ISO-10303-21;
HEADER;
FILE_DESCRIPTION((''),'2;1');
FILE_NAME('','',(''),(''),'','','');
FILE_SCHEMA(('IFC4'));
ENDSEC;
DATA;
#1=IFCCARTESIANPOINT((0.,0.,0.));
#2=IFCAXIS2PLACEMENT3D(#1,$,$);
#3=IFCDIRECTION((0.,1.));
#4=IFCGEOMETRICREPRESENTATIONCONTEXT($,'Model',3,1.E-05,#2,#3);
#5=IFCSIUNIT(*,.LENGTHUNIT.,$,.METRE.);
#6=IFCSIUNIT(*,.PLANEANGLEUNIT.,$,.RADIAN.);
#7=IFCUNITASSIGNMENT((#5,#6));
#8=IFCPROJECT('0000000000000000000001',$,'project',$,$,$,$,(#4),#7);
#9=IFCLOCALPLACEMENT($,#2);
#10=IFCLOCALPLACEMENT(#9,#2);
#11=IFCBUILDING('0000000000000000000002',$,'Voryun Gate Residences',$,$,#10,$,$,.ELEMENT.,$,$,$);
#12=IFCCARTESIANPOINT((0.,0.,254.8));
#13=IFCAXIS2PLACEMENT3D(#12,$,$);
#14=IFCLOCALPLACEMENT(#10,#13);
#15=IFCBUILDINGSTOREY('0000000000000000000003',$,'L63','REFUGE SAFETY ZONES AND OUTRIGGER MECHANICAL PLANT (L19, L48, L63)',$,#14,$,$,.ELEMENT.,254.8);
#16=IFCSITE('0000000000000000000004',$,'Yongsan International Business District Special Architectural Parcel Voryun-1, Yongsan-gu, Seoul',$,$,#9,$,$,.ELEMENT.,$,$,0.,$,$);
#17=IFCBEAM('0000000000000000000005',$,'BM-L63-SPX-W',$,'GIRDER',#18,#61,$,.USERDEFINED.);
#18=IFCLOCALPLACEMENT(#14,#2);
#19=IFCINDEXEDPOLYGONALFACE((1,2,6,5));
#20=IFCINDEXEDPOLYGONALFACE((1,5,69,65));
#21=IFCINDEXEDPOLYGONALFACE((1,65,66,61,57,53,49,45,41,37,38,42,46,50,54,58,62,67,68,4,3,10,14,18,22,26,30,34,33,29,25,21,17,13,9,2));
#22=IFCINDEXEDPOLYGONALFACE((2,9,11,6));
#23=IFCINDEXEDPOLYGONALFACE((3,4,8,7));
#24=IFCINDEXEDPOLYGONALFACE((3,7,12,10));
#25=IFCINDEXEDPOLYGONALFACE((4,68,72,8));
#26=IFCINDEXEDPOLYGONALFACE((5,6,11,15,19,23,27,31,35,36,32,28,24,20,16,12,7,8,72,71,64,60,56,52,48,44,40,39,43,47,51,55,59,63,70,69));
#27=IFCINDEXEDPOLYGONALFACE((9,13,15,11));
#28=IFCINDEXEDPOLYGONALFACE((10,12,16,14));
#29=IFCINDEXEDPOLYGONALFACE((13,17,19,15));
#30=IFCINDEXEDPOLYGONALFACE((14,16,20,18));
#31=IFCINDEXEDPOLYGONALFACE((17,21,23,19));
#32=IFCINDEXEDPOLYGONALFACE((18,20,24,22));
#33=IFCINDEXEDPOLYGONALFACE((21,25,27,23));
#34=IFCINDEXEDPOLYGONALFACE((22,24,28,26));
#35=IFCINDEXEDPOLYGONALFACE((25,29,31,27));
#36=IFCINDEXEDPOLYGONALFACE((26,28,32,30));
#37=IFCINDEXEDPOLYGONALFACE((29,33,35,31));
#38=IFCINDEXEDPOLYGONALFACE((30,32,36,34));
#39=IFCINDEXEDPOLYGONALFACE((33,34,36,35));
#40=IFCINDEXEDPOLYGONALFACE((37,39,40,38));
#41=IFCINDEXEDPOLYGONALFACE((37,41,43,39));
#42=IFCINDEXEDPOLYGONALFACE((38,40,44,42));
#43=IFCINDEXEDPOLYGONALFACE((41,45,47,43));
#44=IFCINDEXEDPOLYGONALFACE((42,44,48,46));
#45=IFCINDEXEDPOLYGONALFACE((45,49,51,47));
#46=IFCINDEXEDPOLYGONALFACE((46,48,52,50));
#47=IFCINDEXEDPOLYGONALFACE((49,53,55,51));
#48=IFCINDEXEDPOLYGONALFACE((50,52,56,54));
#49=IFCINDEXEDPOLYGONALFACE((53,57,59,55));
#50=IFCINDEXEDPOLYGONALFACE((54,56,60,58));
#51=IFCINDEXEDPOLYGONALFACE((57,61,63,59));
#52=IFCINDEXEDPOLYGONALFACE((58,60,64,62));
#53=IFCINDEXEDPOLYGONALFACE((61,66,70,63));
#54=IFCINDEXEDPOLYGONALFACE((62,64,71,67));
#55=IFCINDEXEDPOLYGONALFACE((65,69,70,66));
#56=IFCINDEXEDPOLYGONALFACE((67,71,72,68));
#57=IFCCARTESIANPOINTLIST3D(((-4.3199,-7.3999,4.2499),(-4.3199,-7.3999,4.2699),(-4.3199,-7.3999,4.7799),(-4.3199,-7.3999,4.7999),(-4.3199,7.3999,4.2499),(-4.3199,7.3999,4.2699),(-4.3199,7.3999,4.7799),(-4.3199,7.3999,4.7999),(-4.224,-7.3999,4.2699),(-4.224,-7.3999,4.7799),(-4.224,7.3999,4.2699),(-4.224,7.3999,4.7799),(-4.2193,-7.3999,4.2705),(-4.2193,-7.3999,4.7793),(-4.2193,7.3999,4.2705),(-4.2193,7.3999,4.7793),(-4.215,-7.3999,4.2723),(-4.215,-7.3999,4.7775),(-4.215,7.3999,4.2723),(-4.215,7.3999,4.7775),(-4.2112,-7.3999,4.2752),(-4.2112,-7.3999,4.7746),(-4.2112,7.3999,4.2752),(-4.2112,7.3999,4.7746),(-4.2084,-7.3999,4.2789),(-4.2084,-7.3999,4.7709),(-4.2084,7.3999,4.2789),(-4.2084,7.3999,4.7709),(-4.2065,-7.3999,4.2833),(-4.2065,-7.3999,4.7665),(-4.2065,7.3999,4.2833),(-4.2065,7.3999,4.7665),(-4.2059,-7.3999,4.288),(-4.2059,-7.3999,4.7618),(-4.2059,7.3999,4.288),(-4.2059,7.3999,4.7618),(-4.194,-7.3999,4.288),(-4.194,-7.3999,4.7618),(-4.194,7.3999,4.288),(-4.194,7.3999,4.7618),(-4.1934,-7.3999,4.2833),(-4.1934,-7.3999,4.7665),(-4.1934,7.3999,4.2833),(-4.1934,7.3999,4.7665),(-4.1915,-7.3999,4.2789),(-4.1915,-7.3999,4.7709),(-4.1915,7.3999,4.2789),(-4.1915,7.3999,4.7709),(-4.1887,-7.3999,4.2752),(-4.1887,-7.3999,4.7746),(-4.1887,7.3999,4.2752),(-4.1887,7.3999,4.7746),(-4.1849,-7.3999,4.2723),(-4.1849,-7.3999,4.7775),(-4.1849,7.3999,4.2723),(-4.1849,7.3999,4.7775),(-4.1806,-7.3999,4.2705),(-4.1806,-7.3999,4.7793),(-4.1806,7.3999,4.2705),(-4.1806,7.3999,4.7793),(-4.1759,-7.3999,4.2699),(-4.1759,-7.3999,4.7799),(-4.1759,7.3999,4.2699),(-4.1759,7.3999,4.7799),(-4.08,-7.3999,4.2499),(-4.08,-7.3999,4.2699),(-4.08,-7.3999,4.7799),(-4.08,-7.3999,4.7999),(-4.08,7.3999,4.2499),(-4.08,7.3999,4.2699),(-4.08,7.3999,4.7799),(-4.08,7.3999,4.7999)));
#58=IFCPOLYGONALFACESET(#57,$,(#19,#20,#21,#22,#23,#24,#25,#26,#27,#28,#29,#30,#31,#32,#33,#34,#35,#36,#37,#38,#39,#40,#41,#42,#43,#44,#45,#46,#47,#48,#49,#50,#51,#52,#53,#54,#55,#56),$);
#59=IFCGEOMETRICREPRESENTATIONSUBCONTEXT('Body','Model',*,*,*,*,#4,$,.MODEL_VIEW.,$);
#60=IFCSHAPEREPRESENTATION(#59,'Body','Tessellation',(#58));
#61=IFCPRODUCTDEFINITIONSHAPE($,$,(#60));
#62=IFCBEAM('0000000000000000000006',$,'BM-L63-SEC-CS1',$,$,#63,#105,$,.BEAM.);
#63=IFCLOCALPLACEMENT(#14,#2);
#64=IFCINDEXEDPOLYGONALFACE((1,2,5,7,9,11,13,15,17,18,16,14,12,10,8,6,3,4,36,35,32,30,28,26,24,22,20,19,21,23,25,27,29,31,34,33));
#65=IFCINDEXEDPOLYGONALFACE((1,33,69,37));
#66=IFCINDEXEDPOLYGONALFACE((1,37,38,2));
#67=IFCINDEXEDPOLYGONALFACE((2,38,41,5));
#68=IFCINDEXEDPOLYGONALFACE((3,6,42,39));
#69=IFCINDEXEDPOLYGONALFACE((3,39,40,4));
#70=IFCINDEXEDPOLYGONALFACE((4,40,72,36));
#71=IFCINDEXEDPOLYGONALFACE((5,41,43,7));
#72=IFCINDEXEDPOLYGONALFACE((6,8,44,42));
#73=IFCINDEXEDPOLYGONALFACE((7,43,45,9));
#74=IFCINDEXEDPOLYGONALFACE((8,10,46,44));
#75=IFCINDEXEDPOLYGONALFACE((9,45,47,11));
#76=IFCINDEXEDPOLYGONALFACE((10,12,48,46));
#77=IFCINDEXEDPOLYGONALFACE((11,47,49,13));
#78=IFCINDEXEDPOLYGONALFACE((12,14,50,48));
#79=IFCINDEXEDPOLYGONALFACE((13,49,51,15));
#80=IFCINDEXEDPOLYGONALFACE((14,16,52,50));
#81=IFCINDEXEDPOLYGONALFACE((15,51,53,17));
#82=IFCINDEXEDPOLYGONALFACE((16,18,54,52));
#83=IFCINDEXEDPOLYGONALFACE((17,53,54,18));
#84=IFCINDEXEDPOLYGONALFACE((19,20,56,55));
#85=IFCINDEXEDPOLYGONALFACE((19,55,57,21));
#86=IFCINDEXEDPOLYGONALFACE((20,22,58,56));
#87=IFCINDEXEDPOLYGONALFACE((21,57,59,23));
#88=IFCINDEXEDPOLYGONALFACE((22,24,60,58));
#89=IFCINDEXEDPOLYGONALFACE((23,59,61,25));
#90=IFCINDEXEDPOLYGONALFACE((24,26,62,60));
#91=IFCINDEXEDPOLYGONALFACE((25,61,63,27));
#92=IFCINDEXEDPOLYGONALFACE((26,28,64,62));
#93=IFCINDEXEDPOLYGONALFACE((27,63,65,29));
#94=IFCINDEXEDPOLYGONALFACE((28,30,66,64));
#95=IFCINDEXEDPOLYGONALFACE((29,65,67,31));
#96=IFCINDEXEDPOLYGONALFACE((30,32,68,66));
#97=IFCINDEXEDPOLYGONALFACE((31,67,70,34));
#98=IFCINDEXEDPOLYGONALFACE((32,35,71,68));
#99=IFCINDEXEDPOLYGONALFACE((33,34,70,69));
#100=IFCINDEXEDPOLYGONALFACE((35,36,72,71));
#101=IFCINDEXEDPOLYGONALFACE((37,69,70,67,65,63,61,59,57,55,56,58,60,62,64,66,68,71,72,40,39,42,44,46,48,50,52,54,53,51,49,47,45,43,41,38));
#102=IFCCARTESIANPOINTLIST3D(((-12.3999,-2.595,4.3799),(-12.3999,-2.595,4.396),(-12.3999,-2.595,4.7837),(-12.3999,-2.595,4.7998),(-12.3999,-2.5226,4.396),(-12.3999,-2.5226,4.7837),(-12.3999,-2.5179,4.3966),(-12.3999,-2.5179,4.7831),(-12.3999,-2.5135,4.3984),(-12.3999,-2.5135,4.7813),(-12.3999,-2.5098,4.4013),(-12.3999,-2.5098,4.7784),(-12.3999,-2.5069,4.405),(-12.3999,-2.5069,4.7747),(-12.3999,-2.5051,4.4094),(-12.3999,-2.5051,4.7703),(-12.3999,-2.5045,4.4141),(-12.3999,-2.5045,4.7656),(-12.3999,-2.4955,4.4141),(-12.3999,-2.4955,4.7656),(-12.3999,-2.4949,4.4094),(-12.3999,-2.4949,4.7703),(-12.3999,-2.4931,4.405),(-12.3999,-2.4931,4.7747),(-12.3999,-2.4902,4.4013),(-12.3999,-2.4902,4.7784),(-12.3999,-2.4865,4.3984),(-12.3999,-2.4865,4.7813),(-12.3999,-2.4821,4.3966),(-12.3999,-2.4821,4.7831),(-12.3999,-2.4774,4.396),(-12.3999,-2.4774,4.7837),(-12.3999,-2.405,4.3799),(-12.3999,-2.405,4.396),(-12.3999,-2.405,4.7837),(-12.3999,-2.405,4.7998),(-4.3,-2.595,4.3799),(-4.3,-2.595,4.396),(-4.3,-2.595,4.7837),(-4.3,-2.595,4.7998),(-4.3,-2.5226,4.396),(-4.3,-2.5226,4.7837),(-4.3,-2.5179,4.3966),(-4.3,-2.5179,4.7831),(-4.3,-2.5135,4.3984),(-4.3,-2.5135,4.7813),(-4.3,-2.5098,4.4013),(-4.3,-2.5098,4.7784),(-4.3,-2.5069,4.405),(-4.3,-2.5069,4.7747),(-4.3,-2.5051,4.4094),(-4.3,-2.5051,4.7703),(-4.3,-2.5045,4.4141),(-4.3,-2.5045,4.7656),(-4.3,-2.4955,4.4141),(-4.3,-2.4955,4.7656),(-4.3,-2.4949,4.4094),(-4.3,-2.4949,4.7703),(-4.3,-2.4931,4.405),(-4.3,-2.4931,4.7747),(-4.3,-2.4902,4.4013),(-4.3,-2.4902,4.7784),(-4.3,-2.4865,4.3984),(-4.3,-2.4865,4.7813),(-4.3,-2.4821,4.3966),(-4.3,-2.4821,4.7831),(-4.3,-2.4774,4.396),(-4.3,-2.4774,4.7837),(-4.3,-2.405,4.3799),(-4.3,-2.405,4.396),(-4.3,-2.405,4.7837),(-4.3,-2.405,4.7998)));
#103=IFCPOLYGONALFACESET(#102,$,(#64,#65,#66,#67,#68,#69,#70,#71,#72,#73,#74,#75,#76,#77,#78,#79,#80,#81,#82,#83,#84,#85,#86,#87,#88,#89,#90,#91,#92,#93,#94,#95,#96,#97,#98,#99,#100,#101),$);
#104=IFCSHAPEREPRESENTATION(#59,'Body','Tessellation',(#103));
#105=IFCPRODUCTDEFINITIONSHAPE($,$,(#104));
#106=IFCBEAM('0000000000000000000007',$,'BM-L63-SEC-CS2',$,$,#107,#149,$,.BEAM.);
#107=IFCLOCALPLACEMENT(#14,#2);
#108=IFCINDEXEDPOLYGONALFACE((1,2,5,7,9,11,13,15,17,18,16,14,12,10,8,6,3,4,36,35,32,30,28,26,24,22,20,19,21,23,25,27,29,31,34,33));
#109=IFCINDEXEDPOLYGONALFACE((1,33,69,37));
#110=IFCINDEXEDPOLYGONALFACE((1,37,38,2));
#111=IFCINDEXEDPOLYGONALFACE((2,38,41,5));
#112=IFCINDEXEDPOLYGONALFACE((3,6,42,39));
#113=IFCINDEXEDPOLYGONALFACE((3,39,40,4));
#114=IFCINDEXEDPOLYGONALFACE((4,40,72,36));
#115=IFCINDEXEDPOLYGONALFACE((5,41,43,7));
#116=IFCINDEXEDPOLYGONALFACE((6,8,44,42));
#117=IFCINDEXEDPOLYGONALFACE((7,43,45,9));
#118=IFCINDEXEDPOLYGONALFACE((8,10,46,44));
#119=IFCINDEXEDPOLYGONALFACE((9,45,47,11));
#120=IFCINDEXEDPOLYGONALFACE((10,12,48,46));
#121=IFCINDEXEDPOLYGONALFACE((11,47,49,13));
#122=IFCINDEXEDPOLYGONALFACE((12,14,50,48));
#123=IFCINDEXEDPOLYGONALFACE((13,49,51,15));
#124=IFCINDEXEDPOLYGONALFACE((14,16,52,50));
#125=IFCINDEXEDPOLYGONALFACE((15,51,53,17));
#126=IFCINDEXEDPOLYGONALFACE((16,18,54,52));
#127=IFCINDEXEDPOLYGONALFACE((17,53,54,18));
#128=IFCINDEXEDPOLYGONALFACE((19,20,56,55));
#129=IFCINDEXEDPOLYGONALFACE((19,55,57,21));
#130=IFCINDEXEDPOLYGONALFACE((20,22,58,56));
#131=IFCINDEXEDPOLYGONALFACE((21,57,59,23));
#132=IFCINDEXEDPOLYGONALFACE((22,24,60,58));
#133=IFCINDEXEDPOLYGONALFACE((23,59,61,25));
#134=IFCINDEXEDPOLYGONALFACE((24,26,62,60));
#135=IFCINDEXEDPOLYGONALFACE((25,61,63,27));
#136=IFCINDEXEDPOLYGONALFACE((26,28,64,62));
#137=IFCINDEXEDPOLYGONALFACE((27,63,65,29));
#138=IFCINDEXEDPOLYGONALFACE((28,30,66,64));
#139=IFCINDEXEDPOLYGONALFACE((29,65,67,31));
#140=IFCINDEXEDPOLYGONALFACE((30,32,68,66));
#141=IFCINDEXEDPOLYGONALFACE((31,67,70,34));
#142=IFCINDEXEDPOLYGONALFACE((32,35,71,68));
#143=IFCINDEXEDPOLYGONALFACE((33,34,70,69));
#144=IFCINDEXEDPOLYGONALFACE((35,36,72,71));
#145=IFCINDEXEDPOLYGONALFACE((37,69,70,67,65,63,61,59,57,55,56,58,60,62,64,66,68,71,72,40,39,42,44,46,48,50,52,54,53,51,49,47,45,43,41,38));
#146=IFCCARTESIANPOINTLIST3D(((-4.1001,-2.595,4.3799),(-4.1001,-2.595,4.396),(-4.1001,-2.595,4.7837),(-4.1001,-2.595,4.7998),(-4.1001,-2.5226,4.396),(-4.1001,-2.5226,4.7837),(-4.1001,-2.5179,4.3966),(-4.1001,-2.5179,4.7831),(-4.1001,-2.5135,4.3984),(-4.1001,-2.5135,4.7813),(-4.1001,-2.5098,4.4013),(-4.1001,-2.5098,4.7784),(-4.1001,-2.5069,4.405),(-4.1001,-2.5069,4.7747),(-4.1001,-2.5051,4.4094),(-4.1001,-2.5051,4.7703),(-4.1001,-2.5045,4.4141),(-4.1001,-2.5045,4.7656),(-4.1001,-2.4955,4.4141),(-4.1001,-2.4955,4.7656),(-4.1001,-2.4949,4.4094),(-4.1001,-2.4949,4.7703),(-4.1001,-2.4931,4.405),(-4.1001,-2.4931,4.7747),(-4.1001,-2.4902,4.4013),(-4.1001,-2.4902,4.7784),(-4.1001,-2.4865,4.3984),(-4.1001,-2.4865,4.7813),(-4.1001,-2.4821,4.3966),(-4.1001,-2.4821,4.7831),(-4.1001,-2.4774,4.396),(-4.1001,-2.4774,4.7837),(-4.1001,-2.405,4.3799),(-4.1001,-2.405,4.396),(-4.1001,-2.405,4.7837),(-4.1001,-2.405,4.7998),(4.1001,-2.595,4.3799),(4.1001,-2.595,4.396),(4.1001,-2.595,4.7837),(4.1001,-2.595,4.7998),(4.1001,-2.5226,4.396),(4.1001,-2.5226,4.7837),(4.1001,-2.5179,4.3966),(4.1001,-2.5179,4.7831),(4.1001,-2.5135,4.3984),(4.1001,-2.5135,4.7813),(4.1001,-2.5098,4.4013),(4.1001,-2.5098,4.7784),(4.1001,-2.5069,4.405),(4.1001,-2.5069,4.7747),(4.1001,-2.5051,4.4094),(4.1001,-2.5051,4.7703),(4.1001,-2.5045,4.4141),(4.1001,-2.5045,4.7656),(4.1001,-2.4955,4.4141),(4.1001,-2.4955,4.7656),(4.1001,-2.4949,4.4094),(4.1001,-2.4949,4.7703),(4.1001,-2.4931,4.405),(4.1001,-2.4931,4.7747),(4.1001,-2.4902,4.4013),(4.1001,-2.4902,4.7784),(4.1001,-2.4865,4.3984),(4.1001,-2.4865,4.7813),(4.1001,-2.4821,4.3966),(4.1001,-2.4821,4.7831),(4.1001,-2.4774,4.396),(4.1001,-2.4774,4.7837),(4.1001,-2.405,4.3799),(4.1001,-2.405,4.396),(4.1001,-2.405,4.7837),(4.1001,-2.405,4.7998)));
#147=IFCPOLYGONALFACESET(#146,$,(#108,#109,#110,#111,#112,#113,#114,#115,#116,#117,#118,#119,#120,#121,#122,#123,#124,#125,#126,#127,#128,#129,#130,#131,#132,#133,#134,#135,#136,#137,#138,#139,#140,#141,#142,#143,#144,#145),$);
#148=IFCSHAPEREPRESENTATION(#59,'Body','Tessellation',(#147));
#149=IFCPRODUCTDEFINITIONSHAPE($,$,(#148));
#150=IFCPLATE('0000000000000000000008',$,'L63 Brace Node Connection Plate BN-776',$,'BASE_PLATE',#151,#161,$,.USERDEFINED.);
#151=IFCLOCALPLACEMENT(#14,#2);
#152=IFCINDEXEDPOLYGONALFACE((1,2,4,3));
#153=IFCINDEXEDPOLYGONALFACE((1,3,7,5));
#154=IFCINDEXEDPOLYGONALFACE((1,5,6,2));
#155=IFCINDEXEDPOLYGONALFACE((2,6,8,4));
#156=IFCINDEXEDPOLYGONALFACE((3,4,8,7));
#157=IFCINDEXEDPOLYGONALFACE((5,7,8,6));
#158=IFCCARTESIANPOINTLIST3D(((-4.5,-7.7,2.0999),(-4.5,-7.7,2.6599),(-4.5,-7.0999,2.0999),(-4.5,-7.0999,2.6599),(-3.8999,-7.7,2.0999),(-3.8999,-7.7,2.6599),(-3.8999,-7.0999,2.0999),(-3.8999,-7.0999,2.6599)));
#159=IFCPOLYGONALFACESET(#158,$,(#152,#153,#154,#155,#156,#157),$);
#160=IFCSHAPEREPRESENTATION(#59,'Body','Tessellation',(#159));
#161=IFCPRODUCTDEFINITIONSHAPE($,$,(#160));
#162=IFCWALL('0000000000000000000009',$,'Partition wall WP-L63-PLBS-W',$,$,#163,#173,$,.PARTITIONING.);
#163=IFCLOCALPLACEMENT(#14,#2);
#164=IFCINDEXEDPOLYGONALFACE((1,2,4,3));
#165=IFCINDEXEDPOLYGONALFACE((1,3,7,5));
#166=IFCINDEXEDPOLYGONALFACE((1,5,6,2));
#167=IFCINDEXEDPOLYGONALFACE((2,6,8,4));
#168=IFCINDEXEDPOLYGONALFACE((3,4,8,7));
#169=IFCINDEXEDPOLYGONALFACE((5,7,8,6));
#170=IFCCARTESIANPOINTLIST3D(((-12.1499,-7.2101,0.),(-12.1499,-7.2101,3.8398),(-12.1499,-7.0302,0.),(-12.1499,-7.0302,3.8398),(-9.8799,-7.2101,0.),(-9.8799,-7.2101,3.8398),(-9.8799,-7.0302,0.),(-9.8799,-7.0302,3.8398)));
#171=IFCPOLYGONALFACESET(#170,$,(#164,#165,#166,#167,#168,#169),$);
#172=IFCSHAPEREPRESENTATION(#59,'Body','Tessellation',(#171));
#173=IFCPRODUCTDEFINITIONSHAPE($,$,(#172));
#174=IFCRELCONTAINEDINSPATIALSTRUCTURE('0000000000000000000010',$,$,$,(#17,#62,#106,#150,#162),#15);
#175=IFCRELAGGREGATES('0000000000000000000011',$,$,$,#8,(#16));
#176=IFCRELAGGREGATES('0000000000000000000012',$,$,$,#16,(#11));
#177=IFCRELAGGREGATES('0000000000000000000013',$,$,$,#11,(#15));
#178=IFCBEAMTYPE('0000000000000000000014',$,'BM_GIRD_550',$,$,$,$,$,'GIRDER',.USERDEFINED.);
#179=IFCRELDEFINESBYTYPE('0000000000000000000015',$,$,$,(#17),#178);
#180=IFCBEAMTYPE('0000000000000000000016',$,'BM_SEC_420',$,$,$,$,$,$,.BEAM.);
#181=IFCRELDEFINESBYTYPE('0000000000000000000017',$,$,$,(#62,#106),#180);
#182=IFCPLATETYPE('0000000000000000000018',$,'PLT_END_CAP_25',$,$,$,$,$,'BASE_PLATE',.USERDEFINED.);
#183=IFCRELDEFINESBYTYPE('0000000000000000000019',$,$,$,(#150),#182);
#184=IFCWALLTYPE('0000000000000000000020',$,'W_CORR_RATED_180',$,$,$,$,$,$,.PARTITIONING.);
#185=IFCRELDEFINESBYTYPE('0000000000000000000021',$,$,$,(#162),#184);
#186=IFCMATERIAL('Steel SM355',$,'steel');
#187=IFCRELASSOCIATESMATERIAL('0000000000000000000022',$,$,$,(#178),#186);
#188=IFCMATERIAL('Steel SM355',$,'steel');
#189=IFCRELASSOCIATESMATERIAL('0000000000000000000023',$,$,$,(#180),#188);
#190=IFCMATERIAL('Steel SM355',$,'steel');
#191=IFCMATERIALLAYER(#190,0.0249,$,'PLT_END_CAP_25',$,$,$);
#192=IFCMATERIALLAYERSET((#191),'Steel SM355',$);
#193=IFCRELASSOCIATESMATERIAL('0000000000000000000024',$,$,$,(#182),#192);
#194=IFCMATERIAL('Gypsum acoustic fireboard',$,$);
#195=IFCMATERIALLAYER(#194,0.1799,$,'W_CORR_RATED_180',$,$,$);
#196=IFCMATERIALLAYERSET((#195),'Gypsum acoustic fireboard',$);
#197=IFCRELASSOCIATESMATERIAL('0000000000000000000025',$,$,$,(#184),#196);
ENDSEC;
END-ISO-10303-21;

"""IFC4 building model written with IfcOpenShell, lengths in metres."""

from ifc_helpers import new_model, si_unit, direction, frame, frame_2d, origin, origin_2d, place, context, subcontext, project, spatial, rectangle, i_section, extrude, material, layer, layer_set, material_profile, profile_set, type_object, element, save


model = new_model("IFC4")

# Units and contexts
model_context = context("Model", 3, precision=1e-05, world=origin(), true_north=direction((0.0, 1.0)))
body_context = subcontext(model_context, "Body", "Model", "MODEL_VIEW")
ifc_project = project(units=[si_unit("LENGTHUNIT", "METRE"), si_unit("PLANEANGLEUNIT", "RADIAN")], contexts=[model_context])

# Site, building, storey
site_placement = place(None, origin())
site = spatial("IfcSite", under=ifc_project, at=site_placement, Name="Yongsan International Business District Special Architectural Parcel Voryun-1, Yongsan-gu, Seoul", CompositionType="ELEMENT", RefElevation=0.0)
building_placement = place(site_placement, origin())
building = spatial("IfcBuilding", under=site, at=building_placement, Name="Voryun Gate Residences", CompositionType="ELEMENT")
storey_placement = place(building_placement, frame((0.0, 0.0, 254.8)))
storey = spatial("IfcBuildingStorey", under=building, at=storey_placement, Name="L63", Description="REFUGE SAFETY ZONES AND OUTRIGGER MECHANICAL PLANT (L19, L48, L63)", CompositionType="ELEMENT", Elevation=254.8)

# Beams
ifc_material_1 = material(Name="Steel SM355", Category="steel")
ifc_material_profile_1 = material_profile(ifc_material_1, i_section(OverallWidth=0.24, OverallDepth=0.55, WebThickness=0.012, FlangeThickness=0.02, FilletRadius=0.0181, at=origin_2d()), Name="H-550x240x12x20")
ifc_profile_set_1 = profile_set([ifc_material_profile_1], Name="Steel SM355")
beam_type_1 = type_object("IfcBeamType", Name="BM_GIRD_550", ElementType="GIRDER", PredefinedType="USERDEFINED", material=ifc_profile_set_1)
beam_1_placement = place(storey_placement, frame((-4.2, -7.3999, 4.5249), z_axis=(0.0, 1.0, 0.0), x_axis=(-1.0, 0.0, 0.0)))
element("IfcBeam", 1, at=beam_1_placement, inside=storey, type_object=beam_type_1, Name="BM-L63-SPX-W", ObjectType="GIRDER", PredefinedType="USERDEFINED", context=body_context, shape_type="SweptSolid", body=[
    extrude(i_section(OverallWidth=0.24, OverallDepth=0.55, WebThickness=0.012, FlangeThickness=0.02, FilletRadius=0.0181, at=origin_2d()), origin(), (0.0, 0.0, 1.0), 14.7998),
])
ifc_material_2 = material(Name="Steel SM355", Category="steel")
ifc_material_profile_2 = material_profile(ifc_material_2, i_section(OverallWidth=0.1899, OverallDepth=0.4199, WebThickness=0.009, FlangeThickness=0.0161, FilletRadius=0.0181, at=origin_2d()), Name="H-420x190x9x16")
ifc_profile_set_2 = profile_set([ifc_material_profile_2], Name="Steel SM355")
beam_type_2 = type_object("IfcBeamType", Name="BM_SEC_420", PredefinedType="BEAM", material=ifc_profile_set_2)
beam_2_placement = place(storey_placement, frame((-12.3999, -2.5, 4.5898), z_axis=(1.0, 0.0, 0.0), x_axis=(0.0, 1.0, 0.0)))
element("IfcBeam", 2, at=beam_2_placement, inside=storey, type_object=beam_type_2, Name="BM-L63-SEC-CS1", PredefinedType="BEAM", context=body_context, shape_type="SweptSolid", body=[
    extrude(i_section(OverallWidth=0.1899, OverallDepth=0.4199, WebThickness=0.009, FlangeThickness=0.0161, FilletRadius=0.0181, at=origin_2d()), origin(), (0.0, 0.0, 1.0), 8.0999),
])
beam_3_placement = place(storey_placement, frame((-4.1001, -2.5, 4.5898), z_axis=(1.0, 0.0, 0.0), x_axis=(0.0, 1.0, 0.0)))
element("IfcBeam", 3, at=beam_3_placement, inside=storey, type_object=beam_type_2, Name="BM-L63-SEC-CS2", PredefinedType="BEAM", context=body_context, shape_type="SweptSolid", body=[
    extrude(i_section(OverallWidth=0.1899, OverallDepth=0.4199, WebThickness=0.009, FlangeThickness=0.0161, FilletRadius=0.0181, at=origin_2d()), origin(), (0.0, 0.0, 1.0), 8.2002),
])

# Plate
ifc_material_3 = material(Name="Steel SM355", Category="steel")
ifc_layer_1 = layer(ifc_material_3, 0.0249, Name="PLT_END_CAP_25")
ifc_layer_set_1 = layer_set([ifc_layer_1], Name="Steel SM355")
plate_type = type_object("IfcPlateType", Name="PLT_END_CAP_25", ElementType="BASE_PLATE", PredefinedType="USERDEFINED", material=ifc_layer_set_1)
plate_placement = place(storey_placement, frame((-4.2, -7.3999, 2.0999), z_axis=(0.0, 0.0, 1.0), x_axis=(1.0, 0.0, 0.0)))
element("IfcPlate", 4, at=plate_placement, inside=storey, type_object=plate_type, Name="L63 Brace Node Connection Plate BN-776", ObjectType="BASE_PLATE", PredefinedType="USERDEFINED", context=body_context, shape_type="SweptSolid", body=[
    extrude(rectangle(XDim=0.6001, YDim=0.6001, at=origin_2d()), origin(), (0.0, 0.0, 1.0), 0.5601),
])

# Wall
ifc_material_4 = material(Name="Gypsum acoustic fireboard")
ifc_layer_2 = layer(ifc_material_4, 0.1799, Name="W_CORR_RATED_180")
ifc_layer_set_2 = layer_set([ifc_layer_2], Name="Gypsum acoustic fireboard")
wall_type_1 = type_object("IfcWallType", Name="W_CORR_RATED_180", PredefinedType="PARTITIONING", material=ifc_layer_set_2)
wall_1_placement = place(storey_placement, frame((-12.1499, -7.1201, 0.0), z_axis=(0.0, 0.0, 1.0), x_axis=(1.0, 0.0, 0.0)))
element("IfcWall", 5, at=wall_1_placement, inside=storey, type_object=wall_type_1, Name="Partition wall WP-L63-PLBS-W", PredefinedType="PARTITIONING", context=body_context, shape_type="SweptSolid", body=[
    extrude(rectangle(XDim=2.27, YDim=0.1799, at=frame_2d((1.135, 0.0))), origin(), (0.0, 0.0, 1.0), 3.8398),
])

save(model, "model.ifc")
